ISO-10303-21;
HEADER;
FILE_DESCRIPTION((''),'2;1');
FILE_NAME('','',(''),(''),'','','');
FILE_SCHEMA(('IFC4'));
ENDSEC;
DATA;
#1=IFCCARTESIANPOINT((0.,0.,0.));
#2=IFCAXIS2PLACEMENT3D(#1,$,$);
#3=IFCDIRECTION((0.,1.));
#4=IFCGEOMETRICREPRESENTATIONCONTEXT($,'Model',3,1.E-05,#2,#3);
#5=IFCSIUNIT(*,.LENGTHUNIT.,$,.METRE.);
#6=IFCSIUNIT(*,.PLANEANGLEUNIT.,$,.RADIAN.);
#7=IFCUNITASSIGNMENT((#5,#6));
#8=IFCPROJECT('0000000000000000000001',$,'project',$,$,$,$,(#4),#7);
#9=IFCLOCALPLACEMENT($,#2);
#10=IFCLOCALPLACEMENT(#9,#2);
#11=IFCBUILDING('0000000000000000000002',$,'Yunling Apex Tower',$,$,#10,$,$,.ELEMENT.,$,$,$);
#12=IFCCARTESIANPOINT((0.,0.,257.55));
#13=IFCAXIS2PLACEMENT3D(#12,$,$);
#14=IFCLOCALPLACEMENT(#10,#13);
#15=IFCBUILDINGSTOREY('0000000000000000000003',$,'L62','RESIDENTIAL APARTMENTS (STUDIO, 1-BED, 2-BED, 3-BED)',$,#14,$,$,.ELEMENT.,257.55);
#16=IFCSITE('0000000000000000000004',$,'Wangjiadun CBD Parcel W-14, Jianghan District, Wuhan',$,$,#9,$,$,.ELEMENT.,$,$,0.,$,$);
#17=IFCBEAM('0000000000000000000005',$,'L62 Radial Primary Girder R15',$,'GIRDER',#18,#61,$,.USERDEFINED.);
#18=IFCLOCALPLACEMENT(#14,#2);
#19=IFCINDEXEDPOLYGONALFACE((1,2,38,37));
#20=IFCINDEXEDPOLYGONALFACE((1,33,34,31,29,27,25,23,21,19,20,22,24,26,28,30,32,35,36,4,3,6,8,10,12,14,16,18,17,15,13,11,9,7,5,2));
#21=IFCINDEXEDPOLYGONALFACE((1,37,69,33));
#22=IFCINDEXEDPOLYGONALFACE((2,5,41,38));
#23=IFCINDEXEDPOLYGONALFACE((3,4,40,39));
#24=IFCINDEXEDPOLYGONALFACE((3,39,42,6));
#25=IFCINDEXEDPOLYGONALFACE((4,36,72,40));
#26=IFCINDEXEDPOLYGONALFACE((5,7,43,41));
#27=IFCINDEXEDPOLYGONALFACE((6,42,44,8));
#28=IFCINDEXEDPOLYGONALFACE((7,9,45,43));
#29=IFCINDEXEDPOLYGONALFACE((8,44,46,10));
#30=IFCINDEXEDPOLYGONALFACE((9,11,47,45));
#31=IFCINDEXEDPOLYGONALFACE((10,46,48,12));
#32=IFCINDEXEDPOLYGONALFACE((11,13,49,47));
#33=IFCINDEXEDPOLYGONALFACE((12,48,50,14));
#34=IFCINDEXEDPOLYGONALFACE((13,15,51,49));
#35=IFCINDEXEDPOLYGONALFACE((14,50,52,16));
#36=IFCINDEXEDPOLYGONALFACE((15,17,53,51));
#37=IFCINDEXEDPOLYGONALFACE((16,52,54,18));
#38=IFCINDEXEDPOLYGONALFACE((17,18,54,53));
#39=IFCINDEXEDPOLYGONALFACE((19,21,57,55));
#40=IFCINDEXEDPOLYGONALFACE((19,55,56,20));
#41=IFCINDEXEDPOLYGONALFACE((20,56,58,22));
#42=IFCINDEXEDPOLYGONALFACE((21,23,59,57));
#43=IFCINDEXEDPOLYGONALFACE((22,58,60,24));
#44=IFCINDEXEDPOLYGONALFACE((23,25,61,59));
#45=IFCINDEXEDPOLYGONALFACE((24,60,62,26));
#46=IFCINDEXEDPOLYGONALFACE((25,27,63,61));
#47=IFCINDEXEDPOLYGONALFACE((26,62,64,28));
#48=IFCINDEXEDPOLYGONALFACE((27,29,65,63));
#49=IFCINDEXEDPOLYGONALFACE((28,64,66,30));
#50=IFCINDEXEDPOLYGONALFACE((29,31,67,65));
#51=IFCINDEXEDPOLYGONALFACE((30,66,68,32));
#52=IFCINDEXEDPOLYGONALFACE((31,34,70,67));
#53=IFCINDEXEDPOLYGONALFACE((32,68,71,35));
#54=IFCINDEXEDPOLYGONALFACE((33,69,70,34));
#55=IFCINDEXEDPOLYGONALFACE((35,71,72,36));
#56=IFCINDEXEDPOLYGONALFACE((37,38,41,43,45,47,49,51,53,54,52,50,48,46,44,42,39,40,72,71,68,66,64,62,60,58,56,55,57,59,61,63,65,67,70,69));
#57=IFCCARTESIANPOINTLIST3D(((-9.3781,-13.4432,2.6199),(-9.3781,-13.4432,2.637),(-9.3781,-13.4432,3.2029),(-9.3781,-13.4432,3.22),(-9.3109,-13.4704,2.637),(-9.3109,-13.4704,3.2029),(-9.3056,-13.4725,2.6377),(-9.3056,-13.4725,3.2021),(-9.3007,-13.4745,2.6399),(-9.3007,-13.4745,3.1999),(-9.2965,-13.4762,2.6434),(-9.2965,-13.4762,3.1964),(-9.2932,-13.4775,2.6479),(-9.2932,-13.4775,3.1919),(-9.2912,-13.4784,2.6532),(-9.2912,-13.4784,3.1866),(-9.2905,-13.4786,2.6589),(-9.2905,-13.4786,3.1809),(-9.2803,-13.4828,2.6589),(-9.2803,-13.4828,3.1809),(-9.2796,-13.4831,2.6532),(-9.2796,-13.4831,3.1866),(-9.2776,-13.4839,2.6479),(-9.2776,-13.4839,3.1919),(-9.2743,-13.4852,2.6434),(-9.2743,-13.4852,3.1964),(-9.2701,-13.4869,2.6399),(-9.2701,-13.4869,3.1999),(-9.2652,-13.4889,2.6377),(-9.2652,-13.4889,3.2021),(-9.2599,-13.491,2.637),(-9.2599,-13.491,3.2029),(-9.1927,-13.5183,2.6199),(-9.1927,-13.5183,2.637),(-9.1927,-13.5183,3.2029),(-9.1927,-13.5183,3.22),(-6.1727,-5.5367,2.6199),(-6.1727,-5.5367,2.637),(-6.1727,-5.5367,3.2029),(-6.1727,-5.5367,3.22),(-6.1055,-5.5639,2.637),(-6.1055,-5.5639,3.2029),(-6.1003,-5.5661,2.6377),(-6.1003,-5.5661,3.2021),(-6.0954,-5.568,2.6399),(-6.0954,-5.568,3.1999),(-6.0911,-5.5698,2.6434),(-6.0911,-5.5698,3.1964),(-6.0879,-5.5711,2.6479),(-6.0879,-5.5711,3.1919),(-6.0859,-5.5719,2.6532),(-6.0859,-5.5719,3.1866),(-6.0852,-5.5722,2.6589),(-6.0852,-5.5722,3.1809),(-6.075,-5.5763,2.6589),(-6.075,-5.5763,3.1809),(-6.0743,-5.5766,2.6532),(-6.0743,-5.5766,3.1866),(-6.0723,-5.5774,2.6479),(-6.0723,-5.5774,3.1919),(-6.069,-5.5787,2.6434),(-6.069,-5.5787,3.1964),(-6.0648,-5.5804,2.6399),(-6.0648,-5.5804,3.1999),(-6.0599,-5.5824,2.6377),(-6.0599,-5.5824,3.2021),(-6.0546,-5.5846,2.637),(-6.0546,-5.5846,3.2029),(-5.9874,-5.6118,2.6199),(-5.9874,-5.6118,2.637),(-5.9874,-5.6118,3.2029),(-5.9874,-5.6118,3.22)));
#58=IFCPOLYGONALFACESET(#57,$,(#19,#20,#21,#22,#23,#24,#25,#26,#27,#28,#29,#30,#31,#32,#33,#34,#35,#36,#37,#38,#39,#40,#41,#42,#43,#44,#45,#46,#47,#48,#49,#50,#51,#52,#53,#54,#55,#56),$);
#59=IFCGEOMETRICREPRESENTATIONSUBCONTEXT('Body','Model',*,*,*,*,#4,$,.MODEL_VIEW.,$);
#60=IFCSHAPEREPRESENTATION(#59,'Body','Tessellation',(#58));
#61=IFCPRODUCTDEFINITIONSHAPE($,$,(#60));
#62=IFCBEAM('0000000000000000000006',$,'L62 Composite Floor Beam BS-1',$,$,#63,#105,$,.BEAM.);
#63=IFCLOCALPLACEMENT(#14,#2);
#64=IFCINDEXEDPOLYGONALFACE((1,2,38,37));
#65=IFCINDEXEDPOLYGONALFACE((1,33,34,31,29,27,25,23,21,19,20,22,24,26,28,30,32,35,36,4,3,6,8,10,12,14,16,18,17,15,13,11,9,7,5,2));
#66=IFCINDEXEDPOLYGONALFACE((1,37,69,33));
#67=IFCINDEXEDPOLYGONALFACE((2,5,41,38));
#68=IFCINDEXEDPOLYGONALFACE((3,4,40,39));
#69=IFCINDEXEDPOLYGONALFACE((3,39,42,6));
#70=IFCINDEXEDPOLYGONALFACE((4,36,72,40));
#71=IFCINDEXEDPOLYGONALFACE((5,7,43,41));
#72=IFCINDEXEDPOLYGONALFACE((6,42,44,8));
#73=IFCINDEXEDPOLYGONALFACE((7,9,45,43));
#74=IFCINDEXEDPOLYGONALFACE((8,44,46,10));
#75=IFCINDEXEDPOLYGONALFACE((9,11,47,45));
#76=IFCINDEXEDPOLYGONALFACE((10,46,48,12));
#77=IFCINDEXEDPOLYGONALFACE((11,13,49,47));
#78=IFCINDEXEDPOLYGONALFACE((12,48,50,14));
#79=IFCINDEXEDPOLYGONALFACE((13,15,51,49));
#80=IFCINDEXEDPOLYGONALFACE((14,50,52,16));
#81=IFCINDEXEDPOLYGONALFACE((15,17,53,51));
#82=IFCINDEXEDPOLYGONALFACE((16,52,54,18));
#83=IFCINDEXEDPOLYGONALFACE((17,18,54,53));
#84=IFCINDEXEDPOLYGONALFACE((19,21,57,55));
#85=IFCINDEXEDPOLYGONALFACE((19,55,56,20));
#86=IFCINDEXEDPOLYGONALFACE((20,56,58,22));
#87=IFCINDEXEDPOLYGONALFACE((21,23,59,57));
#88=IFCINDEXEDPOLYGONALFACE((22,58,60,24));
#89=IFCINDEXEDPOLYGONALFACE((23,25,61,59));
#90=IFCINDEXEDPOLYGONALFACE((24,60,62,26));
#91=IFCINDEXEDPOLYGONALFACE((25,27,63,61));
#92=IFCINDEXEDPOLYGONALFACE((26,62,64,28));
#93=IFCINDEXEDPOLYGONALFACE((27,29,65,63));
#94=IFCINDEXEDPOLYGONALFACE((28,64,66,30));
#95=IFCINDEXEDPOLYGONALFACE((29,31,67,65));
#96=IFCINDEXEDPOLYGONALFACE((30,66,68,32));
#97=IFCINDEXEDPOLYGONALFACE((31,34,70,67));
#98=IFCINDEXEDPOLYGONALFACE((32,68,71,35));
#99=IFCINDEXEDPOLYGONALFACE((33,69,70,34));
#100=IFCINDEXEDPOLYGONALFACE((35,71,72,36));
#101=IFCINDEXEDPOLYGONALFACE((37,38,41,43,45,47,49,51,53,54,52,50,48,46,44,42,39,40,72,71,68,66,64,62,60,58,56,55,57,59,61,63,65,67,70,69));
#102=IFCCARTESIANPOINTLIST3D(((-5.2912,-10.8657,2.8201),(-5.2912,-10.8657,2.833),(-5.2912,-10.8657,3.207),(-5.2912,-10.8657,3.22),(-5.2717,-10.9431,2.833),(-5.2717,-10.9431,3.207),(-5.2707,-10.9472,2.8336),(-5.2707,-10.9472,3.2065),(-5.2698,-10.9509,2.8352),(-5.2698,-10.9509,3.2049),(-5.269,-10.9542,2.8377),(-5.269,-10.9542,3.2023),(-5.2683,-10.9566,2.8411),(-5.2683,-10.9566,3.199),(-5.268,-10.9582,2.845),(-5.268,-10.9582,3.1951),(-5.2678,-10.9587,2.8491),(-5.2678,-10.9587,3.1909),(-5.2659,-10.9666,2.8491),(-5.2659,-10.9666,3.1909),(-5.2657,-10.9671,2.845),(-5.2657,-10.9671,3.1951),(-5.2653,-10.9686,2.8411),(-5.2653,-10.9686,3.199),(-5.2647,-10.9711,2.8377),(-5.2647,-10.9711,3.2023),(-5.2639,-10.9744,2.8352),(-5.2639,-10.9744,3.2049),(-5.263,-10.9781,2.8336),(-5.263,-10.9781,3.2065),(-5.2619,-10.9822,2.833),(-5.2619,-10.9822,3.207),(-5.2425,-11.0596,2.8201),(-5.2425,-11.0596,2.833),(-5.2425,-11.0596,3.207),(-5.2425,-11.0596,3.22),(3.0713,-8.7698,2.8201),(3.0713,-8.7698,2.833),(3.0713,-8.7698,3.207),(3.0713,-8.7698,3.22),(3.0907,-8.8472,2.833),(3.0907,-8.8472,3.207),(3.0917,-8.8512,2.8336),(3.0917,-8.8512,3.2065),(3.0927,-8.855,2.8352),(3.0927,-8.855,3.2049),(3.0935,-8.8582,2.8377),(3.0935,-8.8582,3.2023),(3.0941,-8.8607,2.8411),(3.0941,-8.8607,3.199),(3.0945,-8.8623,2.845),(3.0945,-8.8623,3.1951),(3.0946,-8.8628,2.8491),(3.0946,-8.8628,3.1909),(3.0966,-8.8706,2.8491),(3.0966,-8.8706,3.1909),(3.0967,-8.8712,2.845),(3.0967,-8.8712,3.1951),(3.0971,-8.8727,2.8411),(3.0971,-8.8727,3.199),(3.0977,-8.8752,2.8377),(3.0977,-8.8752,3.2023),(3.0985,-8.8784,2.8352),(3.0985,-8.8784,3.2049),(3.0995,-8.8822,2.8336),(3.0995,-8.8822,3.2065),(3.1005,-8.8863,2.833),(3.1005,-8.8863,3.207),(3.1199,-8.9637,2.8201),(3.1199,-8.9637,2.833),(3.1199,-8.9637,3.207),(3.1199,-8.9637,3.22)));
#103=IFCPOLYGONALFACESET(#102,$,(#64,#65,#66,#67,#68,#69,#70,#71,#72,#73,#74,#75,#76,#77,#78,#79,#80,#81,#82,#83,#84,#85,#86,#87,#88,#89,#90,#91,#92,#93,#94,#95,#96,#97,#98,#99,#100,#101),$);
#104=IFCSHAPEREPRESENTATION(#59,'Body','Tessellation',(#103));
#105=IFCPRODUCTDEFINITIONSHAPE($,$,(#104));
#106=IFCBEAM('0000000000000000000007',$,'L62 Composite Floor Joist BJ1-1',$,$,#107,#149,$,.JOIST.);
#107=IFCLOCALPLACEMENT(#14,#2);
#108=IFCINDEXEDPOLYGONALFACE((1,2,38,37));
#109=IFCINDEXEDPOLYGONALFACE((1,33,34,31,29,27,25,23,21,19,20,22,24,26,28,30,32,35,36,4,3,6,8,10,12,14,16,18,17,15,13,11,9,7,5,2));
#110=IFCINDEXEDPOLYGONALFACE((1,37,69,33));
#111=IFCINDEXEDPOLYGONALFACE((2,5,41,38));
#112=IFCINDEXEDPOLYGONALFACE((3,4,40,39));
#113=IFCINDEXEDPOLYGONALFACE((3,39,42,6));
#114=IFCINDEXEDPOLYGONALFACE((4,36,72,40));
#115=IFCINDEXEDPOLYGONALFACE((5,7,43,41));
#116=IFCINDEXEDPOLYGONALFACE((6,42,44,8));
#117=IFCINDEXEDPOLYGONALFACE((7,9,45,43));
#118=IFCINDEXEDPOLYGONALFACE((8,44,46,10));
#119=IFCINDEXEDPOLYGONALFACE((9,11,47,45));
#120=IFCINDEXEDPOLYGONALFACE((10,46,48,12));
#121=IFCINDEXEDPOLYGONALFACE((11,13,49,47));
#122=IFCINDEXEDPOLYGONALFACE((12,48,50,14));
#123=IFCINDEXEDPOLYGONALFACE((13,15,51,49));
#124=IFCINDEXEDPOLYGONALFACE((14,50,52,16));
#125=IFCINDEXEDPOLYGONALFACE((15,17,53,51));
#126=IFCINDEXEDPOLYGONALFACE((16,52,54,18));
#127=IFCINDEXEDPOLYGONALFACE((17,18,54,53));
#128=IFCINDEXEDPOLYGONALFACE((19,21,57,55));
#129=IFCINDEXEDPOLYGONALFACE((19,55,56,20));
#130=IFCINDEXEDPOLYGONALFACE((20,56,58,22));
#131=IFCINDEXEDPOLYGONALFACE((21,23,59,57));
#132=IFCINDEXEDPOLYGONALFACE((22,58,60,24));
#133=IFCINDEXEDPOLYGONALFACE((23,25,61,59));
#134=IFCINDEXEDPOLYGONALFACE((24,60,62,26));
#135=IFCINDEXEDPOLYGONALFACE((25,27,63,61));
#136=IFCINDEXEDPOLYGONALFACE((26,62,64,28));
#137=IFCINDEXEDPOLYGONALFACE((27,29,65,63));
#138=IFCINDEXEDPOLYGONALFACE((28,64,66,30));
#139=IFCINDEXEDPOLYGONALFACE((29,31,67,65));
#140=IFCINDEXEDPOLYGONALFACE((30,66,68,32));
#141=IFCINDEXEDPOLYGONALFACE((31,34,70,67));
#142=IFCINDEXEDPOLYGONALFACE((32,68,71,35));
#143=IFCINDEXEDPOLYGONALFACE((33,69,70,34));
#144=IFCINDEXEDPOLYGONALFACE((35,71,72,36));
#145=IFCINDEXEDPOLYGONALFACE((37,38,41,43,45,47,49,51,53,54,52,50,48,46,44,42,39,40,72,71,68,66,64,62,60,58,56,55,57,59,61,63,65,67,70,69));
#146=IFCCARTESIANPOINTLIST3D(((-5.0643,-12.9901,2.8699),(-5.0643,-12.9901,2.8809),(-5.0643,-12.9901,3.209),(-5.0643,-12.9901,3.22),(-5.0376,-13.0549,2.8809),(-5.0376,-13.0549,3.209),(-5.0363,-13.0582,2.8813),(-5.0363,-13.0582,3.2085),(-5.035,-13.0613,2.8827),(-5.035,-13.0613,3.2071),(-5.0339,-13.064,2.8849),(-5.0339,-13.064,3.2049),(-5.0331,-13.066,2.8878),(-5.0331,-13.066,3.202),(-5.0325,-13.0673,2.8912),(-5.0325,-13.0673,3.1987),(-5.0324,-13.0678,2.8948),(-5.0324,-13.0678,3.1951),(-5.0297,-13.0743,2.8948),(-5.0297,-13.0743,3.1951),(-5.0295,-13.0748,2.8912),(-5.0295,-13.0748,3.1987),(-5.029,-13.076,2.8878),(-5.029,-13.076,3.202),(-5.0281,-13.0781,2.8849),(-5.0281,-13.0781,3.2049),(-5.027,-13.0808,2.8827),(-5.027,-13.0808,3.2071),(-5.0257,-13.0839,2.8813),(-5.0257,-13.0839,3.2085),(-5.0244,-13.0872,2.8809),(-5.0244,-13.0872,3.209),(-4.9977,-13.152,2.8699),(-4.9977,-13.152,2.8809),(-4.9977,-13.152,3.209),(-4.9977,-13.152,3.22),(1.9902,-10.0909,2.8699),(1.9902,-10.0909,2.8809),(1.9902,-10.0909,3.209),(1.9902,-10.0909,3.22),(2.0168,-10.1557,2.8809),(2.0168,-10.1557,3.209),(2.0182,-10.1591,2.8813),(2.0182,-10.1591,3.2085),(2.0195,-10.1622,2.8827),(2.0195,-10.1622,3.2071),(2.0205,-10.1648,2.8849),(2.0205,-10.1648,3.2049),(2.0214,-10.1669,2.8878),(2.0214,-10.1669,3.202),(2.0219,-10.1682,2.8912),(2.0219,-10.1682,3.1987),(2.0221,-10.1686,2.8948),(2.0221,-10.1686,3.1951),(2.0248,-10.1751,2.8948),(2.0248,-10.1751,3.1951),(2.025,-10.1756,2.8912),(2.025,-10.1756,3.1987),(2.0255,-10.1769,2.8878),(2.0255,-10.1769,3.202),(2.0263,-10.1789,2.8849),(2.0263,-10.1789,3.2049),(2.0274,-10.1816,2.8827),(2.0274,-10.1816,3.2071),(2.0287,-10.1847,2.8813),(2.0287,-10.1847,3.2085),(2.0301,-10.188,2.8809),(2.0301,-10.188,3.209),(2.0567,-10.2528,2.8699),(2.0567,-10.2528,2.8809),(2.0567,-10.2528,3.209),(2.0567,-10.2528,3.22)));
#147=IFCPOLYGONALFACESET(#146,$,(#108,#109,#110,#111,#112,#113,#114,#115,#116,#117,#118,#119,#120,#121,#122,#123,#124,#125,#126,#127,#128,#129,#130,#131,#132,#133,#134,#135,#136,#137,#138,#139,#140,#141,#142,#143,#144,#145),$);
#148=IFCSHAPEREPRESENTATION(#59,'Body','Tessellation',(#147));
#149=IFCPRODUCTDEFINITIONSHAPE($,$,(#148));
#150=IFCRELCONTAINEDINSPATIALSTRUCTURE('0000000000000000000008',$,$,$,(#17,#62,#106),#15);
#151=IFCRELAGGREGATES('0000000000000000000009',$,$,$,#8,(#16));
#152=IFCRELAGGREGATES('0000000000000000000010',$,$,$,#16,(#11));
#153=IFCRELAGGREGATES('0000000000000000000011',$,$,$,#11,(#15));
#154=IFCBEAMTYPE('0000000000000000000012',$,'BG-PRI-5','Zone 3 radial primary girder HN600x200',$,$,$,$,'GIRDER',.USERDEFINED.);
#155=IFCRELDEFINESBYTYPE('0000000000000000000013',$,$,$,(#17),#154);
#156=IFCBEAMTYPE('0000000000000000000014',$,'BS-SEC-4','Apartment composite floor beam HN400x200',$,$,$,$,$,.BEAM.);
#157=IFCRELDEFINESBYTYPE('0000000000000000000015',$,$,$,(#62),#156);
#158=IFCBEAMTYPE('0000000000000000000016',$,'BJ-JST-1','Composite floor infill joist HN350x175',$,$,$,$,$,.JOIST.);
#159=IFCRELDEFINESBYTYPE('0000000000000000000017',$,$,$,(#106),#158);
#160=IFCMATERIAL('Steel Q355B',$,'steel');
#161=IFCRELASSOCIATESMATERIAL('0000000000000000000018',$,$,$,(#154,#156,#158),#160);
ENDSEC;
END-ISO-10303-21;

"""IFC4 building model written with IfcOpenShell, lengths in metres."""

from ifc_helpers import new_model, si_unit, direction, frame, origin, origin_2d, place, context, subcontext, project, spatial, i_section, extrude, source, transform, mapped, material, material_profile, profile_set, type_object, element, save


model = new_model("IFC4")

# Units and contexts
model_context = context("Model", 3, precision=1e-05, world=origin(), true_north=direction((0.0, 1.0)))
body_context = subcontext(model_context, "Body", "Model", "MODEL_VIEW")
ifc_project = project(units=[si_unit("LENGTHUNIT", "METRE"), si_unit("PLANEANGLEUNIT", "RADIAN")], contexts=[model_context])

# Site, building, storey
site_placement = place(None, origin())
site = spatial("IfcSite", under=ifc_project, at=site_placement, Name="Wangjiadun CBD Parcel W-14, Jianghan District, Wuhan", CompositionType="ELEMENT", RefElevation=0.0)
building_placement = place(site_placement, origin())
building = spatial("IfcBuilding", under=site, at=building_placement, Name="Yunling Apex Tower", CompositionType="ELEMENT")
storey_placement = place(building_placement, frame((0.0, 0.0, 257.55)))
storey = spatial("IfcBuildingStorey", under=building, at=storey_placement, Name="L62", Description="RESIDENTIAL APARTMENTS (STUDIO, 1-BED, 2-BED, 3-BED)", CompositionType="ELEMENT", Elevation=257.55)

# Shared definitions
ifc_material_1 = material(Name="Steel Q355B", Category="steel")

# Beams
ifc_material_profile_1 = material_profile(ifc_material_1, i_section(OverallWidth=0.2, OverallDepth=0.6001, WebThickness=0.011, FlangeThickness=0.0171, FilletRadius=0.022, at=origin_2d()))
ifc_profile_set_1 = profile_set([ifc_material_profile_1], Name="Steel Q355B")
beam_type_1 = type_object("IfcBeamType", Name="BG-PRI-5", Description="Zone 3 radial primary girder HN600x200", ElementType="GIRDER", PredefinedType="USERDEFINED", material=ifc_profile_set_1)
shared_shape_1 = source(origin(), body_context, "Body", "SweptSolid", [
    extrude(i_section(OverallWidth=0.2, OverallDepth=0.6001, WebThickness=0.011, FlangeThickness=0.0171, FilletRadius=0.022, at=origin_2d()), origin(), (0.0, 0.0, 1.0), 8.5315),
])
beam_1_placement = place(storey_placement, frame((-9.2854, -13.4807, 2.9199), z_axis=(0.375704, 0.92674, 0.0), x_axis=(-0.92674, 0.375704, 0.0)))
element("IfcBeam", 1, at=beam_1_placement, inside=storey, type_object=beam_type_1, Name="L62 Radial Primary Girder R15", ObjectType="GIRDER", PredefinedType="USERDEFINED", context=body_context, shape_type="MappedRepresentation", body=[
    mapped(shared_shape_1, transform((0.0, 0.0, 0.0), scale=1.0)),
])
ifc_material_profile_2 = material_profile(ifc_material_1, i_section(OverallWidth=0.2, OverallDepth=0.3999, WebThickness=0.0081, FlangeThickness=0.0129, FilletRadius=0.0161, at=origin_2d()))
ifc_profile_set_2 = profile_set([ifc_material_profile_2], Name="Steel Q355B")
beam_type_2 = type_object("IfcBeamType", Name="BS-SEC-4", Description="Apartment composite floor beam HN400x200", PredefinedType="BEAM", material=ifc_profile_set_2)
shared_shape_2 = source(origin(), body_context, "Body", "SweptSolid", [
    extrude(i_section(OverallWidth=0.2, OverallDepth=0.3999, WebThickness=0.0081, FlangeThickness=0.0129, FilletRadius=0.0161, at=origin_2d()), origin(), (0.0, 0.0, 1.0), 8.6211),
])
beam_2_placement = place(storey_placement, frame((-5.2668, -10.9626, 3.02), z_axis=(0.969997, 0.243115, 0.0), x_axis=(-0.243115, 0.969997, 0.0)))
element("IfcBeam", 2, at=beam_2_placement, inside=storey, type_object=beam_type_2, Name="L62 Composite Floor Beam BS-1", PredefinedType="BEAM", context=body_context, shape_type="MappedRepresentation", body=[
    mapped(shared_shape_2, transform((0.0, 0.0, 0.0), scale=1.0)),
])
ifc_material_profile_3 = material_profile(ifc_material_1, i_section(OverallWidth=0.175, OverallDepth=0.3501, WebThickness=0.0071, FlangeThickness=0.011, FilletRadius=0.0139, at=origin_2d()))
ifc_profile_set_3 = profile_set([ifc_material_profile_3], Name="Steel Q355B")
beam_type_3 = type_object("IfcBeamType", Name="BJ-JST-1", Description="Composite floor infill joist HN350x175", PredefinedType="JOIST", material=ifc_profile_set_3)
shared_shape_3 = source(origin(), body_context, "Body", "SweptSolid", [
    extrude(i_section(OverallWidth=0.175, OverallDepth=0.3501, WebThickness=0.0071, FlangeThickness=0.011, FilletRadius=0.0139, at=origin_2d()), origin(), (0.0, 0.0, 1.0), 7.627),
])
beam_3_placement = place(storey_placement, frame((-5.031, -13.071, 3.0449), z_axis=(0.924936, 0.380122, 0.0), x_axis=(-0.380122, 0.924936, 0.0)))
element("IfcBeam", 3, at=beam_3_placement, inside=storey, type_object=beam_type_3, Name="L62 Composite Floor Joist BJ1-1", PredefinedType="JOIST", context=body_context, shape_type="MappedRepresentation", body=[
    mapped(shared_shape_3, transform((0.0, 0.0, 0.0), scale=1.0)),
])

save(model, "model.ifc")
